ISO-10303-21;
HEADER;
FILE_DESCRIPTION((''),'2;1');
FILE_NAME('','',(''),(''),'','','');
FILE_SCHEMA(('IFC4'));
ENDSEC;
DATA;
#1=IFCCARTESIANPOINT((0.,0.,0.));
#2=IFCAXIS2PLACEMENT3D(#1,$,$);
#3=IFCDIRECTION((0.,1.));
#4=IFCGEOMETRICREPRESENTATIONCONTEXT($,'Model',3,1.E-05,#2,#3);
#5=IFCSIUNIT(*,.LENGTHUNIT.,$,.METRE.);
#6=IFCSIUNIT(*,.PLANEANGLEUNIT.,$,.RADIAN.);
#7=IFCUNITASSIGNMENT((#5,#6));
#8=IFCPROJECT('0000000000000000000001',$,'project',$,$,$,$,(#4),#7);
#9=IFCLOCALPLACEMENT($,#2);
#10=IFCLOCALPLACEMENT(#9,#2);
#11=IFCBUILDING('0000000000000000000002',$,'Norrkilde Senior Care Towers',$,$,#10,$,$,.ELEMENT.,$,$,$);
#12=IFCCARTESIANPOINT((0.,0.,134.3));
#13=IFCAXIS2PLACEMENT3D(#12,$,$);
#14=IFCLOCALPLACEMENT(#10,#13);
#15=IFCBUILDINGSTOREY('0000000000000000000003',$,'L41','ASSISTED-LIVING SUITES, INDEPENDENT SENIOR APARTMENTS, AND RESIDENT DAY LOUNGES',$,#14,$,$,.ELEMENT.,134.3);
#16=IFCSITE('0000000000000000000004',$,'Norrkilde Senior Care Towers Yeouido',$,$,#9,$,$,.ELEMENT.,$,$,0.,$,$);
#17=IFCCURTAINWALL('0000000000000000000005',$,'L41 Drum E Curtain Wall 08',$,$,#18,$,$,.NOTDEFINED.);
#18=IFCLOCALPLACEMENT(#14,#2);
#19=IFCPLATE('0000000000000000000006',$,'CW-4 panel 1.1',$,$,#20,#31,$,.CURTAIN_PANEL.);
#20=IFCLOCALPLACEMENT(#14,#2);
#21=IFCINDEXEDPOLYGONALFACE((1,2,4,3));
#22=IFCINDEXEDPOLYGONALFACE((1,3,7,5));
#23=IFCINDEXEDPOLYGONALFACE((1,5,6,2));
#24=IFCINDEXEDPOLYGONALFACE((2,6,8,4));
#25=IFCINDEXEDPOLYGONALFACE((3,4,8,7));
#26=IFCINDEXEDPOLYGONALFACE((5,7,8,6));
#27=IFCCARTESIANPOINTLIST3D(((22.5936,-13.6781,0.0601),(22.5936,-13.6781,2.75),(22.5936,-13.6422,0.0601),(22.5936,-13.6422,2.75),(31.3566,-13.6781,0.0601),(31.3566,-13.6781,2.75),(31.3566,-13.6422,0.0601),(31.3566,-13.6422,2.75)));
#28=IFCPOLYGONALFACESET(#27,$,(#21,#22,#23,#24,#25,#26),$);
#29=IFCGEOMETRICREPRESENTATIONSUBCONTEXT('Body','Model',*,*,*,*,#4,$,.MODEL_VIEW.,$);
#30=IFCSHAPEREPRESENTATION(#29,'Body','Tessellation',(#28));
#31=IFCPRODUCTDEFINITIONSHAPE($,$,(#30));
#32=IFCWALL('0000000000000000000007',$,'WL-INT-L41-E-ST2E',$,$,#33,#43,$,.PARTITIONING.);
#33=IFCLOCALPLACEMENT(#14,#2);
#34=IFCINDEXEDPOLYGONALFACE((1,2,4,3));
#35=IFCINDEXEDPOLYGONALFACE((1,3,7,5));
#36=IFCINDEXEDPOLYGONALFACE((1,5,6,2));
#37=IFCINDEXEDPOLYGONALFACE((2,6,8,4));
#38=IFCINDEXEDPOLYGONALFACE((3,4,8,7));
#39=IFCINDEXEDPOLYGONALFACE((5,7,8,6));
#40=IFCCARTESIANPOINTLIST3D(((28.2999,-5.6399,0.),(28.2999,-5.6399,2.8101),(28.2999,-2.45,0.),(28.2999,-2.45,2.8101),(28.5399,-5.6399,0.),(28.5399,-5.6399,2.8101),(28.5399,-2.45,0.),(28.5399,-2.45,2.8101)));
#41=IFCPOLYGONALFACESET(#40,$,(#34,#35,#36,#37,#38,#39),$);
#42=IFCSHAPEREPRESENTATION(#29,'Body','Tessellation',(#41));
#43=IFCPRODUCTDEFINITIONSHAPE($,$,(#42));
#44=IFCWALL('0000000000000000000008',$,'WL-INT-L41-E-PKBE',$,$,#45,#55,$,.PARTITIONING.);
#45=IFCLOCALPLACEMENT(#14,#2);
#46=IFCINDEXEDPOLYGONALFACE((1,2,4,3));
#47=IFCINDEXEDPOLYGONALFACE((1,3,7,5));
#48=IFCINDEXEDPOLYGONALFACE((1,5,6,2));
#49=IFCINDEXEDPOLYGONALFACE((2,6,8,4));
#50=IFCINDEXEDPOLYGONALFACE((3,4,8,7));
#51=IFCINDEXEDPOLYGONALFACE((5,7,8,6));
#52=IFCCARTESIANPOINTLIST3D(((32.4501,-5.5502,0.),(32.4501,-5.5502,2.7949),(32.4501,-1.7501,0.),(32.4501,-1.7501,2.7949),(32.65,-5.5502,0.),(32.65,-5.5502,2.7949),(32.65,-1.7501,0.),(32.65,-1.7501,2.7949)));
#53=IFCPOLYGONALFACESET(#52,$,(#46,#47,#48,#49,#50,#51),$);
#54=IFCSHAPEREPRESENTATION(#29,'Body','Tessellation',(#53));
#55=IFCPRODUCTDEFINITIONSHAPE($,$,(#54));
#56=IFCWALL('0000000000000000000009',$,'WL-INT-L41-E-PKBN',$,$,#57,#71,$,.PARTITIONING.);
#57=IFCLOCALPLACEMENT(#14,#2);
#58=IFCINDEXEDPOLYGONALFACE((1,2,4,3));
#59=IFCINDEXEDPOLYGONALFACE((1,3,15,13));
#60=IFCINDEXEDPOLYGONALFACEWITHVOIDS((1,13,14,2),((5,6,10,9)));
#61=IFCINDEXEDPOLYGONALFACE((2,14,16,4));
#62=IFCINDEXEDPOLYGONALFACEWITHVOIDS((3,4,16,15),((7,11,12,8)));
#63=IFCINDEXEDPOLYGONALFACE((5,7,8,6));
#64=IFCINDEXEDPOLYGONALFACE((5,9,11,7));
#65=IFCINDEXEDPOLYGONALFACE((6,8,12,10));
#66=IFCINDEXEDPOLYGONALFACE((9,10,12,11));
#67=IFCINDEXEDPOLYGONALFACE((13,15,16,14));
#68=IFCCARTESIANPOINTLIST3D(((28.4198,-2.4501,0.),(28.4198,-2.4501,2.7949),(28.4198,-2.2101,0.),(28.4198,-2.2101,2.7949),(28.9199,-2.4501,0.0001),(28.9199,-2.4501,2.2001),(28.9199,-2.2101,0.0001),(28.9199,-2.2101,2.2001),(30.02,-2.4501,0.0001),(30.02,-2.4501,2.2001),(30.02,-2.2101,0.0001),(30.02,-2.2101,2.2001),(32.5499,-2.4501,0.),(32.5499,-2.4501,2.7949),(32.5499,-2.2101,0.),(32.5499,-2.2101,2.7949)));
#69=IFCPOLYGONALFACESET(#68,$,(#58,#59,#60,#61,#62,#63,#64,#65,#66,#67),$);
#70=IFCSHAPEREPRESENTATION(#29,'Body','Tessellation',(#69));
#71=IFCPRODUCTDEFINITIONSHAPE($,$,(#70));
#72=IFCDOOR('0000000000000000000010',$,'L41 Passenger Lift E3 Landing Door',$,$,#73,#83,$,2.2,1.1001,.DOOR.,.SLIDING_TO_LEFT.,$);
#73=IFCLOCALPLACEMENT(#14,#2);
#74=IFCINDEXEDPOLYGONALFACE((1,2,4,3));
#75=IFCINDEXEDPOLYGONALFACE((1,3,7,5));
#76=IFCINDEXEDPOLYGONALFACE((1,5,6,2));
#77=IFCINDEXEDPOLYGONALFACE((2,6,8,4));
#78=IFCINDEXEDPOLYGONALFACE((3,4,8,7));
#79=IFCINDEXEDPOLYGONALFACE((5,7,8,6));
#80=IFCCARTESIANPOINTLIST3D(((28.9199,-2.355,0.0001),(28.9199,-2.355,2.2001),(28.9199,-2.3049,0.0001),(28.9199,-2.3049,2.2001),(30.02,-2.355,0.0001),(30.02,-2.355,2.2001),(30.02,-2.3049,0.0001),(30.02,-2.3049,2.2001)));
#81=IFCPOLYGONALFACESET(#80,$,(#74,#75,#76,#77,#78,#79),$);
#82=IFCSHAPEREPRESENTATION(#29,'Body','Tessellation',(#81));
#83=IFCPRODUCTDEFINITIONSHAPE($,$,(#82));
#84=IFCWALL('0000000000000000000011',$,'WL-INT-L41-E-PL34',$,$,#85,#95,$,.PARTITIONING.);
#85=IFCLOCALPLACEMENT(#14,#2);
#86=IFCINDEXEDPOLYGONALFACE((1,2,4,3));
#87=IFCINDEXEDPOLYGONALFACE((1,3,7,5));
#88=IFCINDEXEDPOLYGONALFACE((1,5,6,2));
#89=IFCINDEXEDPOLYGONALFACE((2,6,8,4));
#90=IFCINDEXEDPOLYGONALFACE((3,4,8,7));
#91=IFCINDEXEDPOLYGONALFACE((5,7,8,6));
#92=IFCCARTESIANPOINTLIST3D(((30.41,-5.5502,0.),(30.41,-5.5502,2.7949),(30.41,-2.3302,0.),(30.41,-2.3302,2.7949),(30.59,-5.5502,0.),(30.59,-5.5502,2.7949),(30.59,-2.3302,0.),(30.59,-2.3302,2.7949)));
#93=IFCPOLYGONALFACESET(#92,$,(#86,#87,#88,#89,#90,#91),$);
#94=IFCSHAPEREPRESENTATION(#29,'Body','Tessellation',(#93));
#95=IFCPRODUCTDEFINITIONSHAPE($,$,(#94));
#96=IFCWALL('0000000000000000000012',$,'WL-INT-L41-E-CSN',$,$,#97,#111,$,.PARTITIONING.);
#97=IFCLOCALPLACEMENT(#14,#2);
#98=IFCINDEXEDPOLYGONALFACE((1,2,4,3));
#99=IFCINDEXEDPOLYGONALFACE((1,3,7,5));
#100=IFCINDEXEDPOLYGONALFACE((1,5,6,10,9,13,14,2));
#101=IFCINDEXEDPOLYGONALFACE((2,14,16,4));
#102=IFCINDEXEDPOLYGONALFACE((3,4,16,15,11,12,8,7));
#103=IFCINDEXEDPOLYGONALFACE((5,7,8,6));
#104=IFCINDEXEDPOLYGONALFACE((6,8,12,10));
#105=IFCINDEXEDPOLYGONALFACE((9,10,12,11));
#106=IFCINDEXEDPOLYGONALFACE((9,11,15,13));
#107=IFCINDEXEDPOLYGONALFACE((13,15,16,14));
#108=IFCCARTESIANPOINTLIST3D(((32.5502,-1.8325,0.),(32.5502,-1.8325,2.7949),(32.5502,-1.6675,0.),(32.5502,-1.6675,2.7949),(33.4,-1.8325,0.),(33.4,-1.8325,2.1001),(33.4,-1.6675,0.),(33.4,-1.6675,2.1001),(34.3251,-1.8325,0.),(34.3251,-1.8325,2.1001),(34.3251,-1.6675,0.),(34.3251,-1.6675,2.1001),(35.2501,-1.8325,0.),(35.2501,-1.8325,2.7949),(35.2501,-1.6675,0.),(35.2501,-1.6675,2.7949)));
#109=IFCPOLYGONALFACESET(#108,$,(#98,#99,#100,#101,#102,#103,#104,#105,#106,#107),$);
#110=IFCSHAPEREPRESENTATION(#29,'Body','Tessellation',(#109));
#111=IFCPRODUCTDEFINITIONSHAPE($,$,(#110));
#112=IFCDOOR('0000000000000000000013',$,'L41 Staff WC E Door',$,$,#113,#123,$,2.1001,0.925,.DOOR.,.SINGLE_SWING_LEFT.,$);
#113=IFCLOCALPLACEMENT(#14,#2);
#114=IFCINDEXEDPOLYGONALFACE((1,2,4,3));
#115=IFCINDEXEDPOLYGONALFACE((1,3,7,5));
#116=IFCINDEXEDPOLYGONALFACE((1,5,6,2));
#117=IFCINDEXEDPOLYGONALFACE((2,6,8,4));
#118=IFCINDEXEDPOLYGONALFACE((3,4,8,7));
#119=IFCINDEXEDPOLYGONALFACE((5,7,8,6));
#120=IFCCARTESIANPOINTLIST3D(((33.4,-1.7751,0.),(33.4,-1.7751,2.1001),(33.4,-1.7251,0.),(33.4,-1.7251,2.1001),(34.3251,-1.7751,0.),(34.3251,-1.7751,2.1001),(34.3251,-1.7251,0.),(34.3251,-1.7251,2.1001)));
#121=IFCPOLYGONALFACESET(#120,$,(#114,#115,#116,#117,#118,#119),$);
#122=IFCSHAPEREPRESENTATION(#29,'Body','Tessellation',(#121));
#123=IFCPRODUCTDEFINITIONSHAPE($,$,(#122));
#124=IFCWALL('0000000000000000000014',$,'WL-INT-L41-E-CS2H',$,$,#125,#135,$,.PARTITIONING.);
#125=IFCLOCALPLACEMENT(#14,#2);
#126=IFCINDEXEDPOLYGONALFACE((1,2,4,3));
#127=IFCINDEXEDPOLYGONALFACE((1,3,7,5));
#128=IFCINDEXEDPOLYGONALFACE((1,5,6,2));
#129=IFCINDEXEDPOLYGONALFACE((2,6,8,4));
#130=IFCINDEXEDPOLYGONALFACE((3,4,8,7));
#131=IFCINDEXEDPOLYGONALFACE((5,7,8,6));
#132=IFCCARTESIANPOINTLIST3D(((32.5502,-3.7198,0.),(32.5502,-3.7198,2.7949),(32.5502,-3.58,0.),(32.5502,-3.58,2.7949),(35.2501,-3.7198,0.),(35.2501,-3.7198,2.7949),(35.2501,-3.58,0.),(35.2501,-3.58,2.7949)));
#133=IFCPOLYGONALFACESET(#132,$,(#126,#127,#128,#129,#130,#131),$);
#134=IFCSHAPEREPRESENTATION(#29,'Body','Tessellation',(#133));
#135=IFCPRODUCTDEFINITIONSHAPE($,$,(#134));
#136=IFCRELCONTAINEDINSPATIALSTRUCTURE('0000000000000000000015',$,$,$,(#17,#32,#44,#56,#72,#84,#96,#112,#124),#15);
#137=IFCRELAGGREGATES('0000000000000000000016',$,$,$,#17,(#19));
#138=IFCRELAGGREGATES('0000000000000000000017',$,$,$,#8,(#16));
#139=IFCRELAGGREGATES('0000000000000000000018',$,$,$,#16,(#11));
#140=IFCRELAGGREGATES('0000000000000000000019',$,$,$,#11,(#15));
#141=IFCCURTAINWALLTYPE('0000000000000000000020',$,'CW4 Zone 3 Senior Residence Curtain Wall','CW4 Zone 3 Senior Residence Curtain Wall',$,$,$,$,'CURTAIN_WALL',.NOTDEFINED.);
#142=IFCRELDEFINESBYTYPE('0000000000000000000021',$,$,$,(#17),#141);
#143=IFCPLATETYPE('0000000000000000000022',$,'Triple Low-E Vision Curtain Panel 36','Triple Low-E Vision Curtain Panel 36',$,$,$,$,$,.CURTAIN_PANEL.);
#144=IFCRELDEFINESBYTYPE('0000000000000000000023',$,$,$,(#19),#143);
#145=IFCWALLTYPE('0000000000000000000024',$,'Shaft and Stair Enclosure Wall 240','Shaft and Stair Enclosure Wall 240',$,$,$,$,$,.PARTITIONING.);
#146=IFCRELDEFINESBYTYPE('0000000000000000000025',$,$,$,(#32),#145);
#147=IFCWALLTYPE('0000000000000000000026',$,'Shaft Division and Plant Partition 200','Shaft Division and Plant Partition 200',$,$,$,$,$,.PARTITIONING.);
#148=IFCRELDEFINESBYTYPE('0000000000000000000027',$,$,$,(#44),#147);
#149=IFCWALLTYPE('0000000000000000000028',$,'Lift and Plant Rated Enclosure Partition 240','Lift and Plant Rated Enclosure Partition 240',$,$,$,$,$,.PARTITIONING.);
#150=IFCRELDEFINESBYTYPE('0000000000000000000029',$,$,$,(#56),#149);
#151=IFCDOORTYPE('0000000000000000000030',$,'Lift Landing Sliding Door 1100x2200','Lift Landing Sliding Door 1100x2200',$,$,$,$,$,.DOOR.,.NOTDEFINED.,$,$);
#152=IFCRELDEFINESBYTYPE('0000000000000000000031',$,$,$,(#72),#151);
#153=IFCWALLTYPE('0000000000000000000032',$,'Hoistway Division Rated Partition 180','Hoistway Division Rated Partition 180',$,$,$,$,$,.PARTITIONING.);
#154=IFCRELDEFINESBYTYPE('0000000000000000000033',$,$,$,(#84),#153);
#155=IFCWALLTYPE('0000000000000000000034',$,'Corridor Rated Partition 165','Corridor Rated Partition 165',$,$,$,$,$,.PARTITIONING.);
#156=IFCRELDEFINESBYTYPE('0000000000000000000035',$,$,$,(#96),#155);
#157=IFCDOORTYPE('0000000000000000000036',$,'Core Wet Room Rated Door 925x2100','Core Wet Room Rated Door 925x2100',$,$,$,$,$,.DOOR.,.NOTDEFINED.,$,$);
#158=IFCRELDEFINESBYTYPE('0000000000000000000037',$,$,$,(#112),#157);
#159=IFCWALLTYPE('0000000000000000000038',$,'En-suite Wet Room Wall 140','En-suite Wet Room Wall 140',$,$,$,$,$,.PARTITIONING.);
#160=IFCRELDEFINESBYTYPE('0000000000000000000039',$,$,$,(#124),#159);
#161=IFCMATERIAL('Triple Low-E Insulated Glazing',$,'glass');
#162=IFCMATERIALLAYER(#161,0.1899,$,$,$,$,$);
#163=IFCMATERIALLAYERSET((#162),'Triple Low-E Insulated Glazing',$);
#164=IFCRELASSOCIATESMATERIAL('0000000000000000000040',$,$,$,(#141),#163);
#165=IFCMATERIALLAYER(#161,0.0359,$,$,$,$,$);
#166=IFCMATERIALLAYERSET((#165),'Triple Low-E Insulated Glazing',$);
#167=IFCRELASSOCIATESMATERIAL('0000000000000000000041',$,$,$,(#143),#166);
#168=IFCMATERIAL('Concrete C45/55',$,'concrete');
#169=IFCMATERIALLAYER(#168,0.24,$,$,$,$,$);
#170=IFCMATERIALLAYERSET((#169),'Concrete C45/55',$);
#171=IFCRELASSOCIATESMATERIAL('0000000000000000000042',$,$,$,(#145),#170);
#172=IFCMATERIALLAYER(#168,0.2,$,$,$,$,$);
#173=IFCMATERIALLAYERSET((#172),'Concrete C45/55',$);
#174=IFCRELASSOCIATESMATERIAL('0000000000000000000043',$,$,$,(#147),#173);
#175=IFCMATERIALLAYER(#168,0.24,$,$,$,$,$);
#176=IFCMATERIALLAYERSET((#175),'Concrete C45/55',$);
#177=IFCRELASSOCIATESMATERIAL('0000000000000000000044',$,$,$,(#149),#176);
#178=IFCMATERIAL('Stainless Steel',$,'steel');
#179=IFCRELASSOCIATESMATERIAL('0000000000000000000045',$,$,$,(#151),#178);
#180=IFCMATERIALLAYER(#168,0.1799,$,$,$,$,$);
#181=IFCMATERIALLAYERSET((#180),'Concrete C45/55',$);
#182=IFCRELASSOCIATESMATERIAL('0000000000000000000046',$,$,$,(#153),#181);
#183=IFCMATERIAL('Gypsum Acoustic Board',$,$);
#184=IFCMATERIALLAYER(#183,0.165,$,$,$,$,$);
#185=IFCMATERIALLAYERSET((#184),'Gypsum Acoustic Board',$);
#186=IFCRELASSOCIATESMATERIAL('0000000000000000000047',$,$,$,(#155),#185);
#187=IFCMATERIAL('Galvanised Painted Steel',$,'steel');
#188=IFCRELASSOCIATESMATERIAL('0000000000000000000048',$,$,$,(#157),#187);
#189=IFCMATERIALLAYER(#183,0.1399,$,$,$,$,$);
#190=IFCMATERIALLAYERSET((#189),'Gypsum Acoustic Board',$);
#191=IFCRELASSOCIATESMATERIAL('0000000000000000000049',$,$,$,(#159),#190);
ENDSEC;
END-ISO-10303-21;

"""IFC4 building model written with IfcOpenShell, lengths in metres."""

from ifc_helpers import new_model, si_unit, direction, frame, frame_2d, origin, origin_2d, place, context, subcontext, project, spatial, rectangle, extrude, source, transform, mapped, material, layer, layer_set, type_object, type_shapes, element, fill, aggregate, save


model = new_model("IFC4")

# Units and contexts
model_context = context("Model", 3, precision=1e-05, world=origin(), true_north=direction((0.0, 1.0)))
body_context = subcontext(model_context, "Body", "Model", "MODEL_VIEW")
ifc_project = project(units=[si_unit("LENGTHUNIT", "METRE"), si_unit("PLANEANGLEUNIT", "RADIAN")], contexts=[model_context])

# Site, building, storey
site_placement = place(None, origin())
site = spatial("IfcSite", under=ifc_project, at=site_placement, Name="Norrkilde Senior Care Towers Yeouido", CompositionType="ELEMENT", RefElevation=0.0)
building_placement = place(site_placement, origin())
building = spatial("IfcBuilding", under=site, at=building_placement, Name="Norrkilde Senior Care Towers", CompositionType="ELEMENT")
storey_placement = place(building_placement, frame((0.0, 0.0, 134.3)))
storey = spatial("IfcBuildingStorey", under=building, at=storey_placement, Name="L41", Description="ASSISTED-LIVING SUITES, INDEPENDENT SENIOR APARTMENTS, AND RESIDENT DAY LOUNGES", CompositionType="ELEMENT", Elevation=134.3)

# Curtain wall
ifc_material_1 = material(Name="Triple Low-E Insulated Glazing", Category="glass")
ifc_layer_1 = layer(ifc_material_1, 0.1899)
ifc_layer_set_1 = layer_set([ifc_layer_1], Name="Triple Low-E Insulated Glazing")
curtain_wall_type = type_object("IfcCurtainWallType", Name="CW4 Zone 3 Senior Residence Curtain Wall", Description="CW4 Zone 3 Senior Residence Curtain Wall", ElementType="CURTAIN_WALL", PredefinedType="NOTDEFINED", material=ifc_layer_set_1)
curtain_wall_1_placement = place(storey_placement, origin())
curtain_wall_1 = element("IfcCurtainWall", 1, at=curtain_wall_1_placement, inside=storey, type_object=curtain_wall_type, Name="L41 Drum E Curtain Wall 08", PredefinedType="NOTDEFINED")

# Plate
ifc_layer_2 = layer(ifc_material_1, 0.0359)
ifc_layer_set_2 = layer_set([ifc_layer_2], Name="Triple Low-E Insulated Glazing")
plate_type_1 = type_object("IfcPlateType", Name="Triple Low-E Vision Curtain Panel 36", Description="Triple Low-E Vision Curtain Panel 36", PredefinedType="CURTAIN_PANEL", material=ifc_layer_set_2)
shared_shape_1 = source(origin(), body_context, "Body", "SweptSolid", [
    extrude(rectangle(XDim=8.7629, YDim=0.0359, at=origin_2d()), origin(), (0.0, 0.0, 1.0), 2.6899),
])
type_shapes(plate_type_1, [shared_shape_1])
plate_1_placement = place(storey_placement, frame((26.9751, -13.6602, 0.0601), z_axis=(0.0, 0.0, 1.0), x_axis=(-1.0, 0.0, 0.0)))
plate_1 = element("IfcPlate", 2, at=plate_1_placement, type_object=plate_type_1, Name="CW-4 panel 1.1", PredefinedType="CURTAIN_PANEL", context=body_context, shape_type="MappedRepresentation", body=[
    mapped(shared_shape_1, transform((0.0, 0.0, 0.0), x_axis=(1.0, 0.0, 0.0), y_axis=(0.0, 1.0, 0.0), z_axis=(0.0, 0.0, 1.0), scale=1.0)),
])
aggregate(curtain_wall_1, [plate_1])

# Walls
ifc_material_2 = material(Name="Concrete C45/55", Category="concrete")
ifc_layer_3 = layer(ifc_material_2, 0.24)
ifc_layer_set_3 = layer_set([ifc_layer_3], Name="Concrete C45/55")
wall_type_1 = type_object("IfcWallType", Name="Shaft and Stair Enclosure Wall 240", Description="Shaft and Stair Enclosure Wall 240", PredefinedType="PARTITIONING", material=ifc_layer_set_3)
shared_shape_2 = source(origin(), body_context, "Body", "SweptSolid", [
    extrude(rectangle(XDim=3.1899, YDim=0.24, at=frame_2d((1.595, 0.0))), origin(), (0.0, 0.0, 1.0), 2.8101),
])
type_shapes(wall_type_1, [shared_shape_2])
wall_1_placement = place(storey_placement, frame((28.4199, -5.6399, 0.0), z_axis=(0.0, 0.0, 1.0), x_axis=(0.0, 1.0, 0.0)))
element("IfcWall", 3, at=wall_1_placement, inside=storey, type_object=wall_type_1, Name="WL-INT-L41-E-ST2E", PredefinedType="PARTITIONING", context=body_context, shape_type="MappedRepresentation", body=[
    mapped(shared_shape_2, transform((0.0, 0.0, 0.0), x_axis=(1.0, 0.0, 0.0), y_axis=(0.0, 1.0, 0.0), z_axis=(0.0, 0.0, 1.0), scale=1.0)),
])
ifc_layer_4 = layer(ifc_material_2, 0.2)
ifc_layer_set_4 = layer_set([ifc_layer_4], Name="Concrete C45/55")
wall_type_2 = type_object("IfcWallType", Name="Shaft Division and Plant Partition 200", Description="Shaft Division and Plant Partition 200", PredefinedType="PARTITIONING", material=ifc_layer_set_4)
shared_shape_3 = source(origin(), body_context, "Body", "SweptSolid", [
    extrude(rectangle(XDim=3.8, YDim=0.2, at=frame_2d((1.8999, 0.0))), origin(), (0.0, 0.0, 1.0), 2.7949),
])
type_shapes(wall_type_2, [shared_shape_3])
wall_2_placement = place(storey_placement, frame((32.55, -5.55, 0.0), z_axis=(0.0, 0.0, 1.0), x_axis=(0.0, 1.0, 0.0)))
element("IfcWall", 4, at=wall_2_placement, inside=storey, type_object=wall_type_2, Name="WL-INT-L41-E-PKBE", PredefinedType="PARTITIONING", context=body_context, shape_type="MappedRepresentation", body=[
    mapped(shared_shape_3, transform((0.0, 0.0, 0.0), x_axis=(1.0, 0.0, 0.0), y_axis=(0.0, 1.0, 0.0), z_axis=(0.0, 0.0, 1.0), scale=1.0)),
])

# Wall, opening, door
ifc_layer_5 = layer(ifc_material_2, 0.24)
ifc_layer_set_5 = layer_set([ifc_layer_5], Name="Concrete C45/55")
wall_type_3 = type_object("IfcWallType", Name="Lift and Plant Rated Enclosure Partition 240", Description="Lift and Plant Rated Enclosure Partition 240", PredefinedType="PARTITIONING", material=ifc_layer_set_5)
shared_shape_4 = source(origin(), body_context, "Body", "SweptSolid", [
    extrude(rectangle(XDim=4.1301, YDim=0.24, at=frame_2d((2.0649, 0.0))), origin(), (0.0, 0.0, 1.0), 2.7949),
])
type_shapes(wall_type_3, [shared_shape_4])
wall_3_placement = place(storey_placement, frame((28.4199, -2.3301, 0.0), z_axis=(0.0, 0.0, 1.0), x_axis=(1.0, 0.0, 0.0)))
wall_3 = element("IfcWall", 5, at=wall_3_placement, inside=storey, type_object=wall_type_3, Name="WL-INT-L41-E-PKBN", PredefinedType="PARTITIONING", context=body_context, shape_type="MappedRepresentation", body=[
    mapped(shared_shape_4, transform((0.0, 0.0, 0.0), x_axis=(1.0, 0.0, 0.0), y_axis=(0.0, 1.0, 0.0), z_axis=(0.0, 0.0, 1.0), scale=1.0)),
])
opening_1_placement = place(wall_3_placement, frame((0.5, 0.0, 0.0)))
opening_1 = element("IfcOpeningElement", 6, at=opening_1_placement, cuts=wall_3, PredefinedType="OPENING", context=body_context, shape_type="SweptSolid", body=[
    extrude(rectangle(XDim=1.1001, YDim=2.2, at=frame_2d((0.55, 1.1001))), frame((0.0, 0.1299, 0.0), z_axis=(0.0, -1.0, 0.0), x_axis=(1.0, 0.0, 0.0)), (0.0, 0.0, 1.0), 0.26),
])
ifc_material_3 = material(Name="Stainless Steel", Category="steel")
door_type_1 = type_object("IfcDoorType", Name="Lift Landing Sliding Door 1100x2200", Description="Lift Landing Sliding Door 1100x2200", OperationType="NOTDEFINED", PredefinedType="DOOR", material=ifc_material_3)
shared_shape_5 = source(origin(), body_context, "Body", "SweptSolid", [
    extrude(rectangle(XDim=1.1001, YDim=2.2, at=frame_2d((0.55, 1.1001))), frame((0.0, 0.0249, 0.0), z_axis=(0.0, -1.0, 0.0), x_axis=(1.0, 0.0, 0.0)), (0.0, 0.0, 1.0), 0.05),
])
type_shapes(door_type_1, [shared_shape_5])
door_1_placement = place(opening_1_placement, frame((1.1001, 0.0, 0.0), z_axis=(0.0, 0.0, 1.0), x_axis=(-1.0, 0.0, 0.0)))
door_1 = element("IfcDoor", 7, at=door_1_placement, inside=storey, type_object=door_type_1, Name="L41 Passenger Lift E3 Landing Door", OperationType="SLIDING_TO_LEFT", OverallHeight=2.2, OverallWidth=1.1001, PredefinedType="DOOR", context=body_context, shape_type="MappedRepresentation", body=[
    mapped(shared_shape_5, transform((0.0, 0.0, 0.0), x_axis=(1.0, 0.0, 0.0), y_axis=(0.0, 1.0, 0.0), z_axis=(0.0, 0.0, 1.0), scale=1.0)),
])
fill(opening_1, door_1)

# Wall
ifc_layer_6 = layer(ifc_material_2, 0.1799)
ifc_layer_set_6 = layer_set([ifc_layer_6], Name="Concrete C45/55")
wall_type_4 = type_object("IfcWallType", Name="Hoistway Division Rated Partition 180", Description="Hoistway Division Rated Partition 180", PredefinedType="PARTITIONING", material=ifc_layer_set_6)
shared_shape_6 = source(origin(), body_context, "Body", "SweptSolid", [
    extrude(rectangle(XDim=3.22, YDim=0.1799, at=frame_2d((1.6099, 0.0))), origin(), (0.0, 0.0, 1.0), 2.7949),
])
type_shapes(wall_type_4, [shared_shape_6])
wall_4_placement = place(storey_placement, frame((30.5, -5.55, 0.0), z_axis=(0.0, 0.0, 1.0), x_axis=(0.0, 1.0, 0.0)))
element("IfcWall", 8, at=wall_4_placement, inside=storey, type_object=wall_type_4, Name="WL-INT-L41-E-PL34", PredefinedType="PARTITIONING", context=body_context, shape_type="MappedRepresentation", body=[
    mapped(shared_shape_6, transform((0.0, 0.0, 0.0), x_axis=(1.0, 0.0, 0.0), y_axis=(0.0, 1.0, 0.0), z_axis=(0.0, 0.0, 1.0), scale=1.0)),
])

# Wall, opening, door
ifc_material_4 = material(Name="Gypsum Acoustic Board")
ifc_layer_7 = layer(ifc_material_4, 0.165)
ifc_layer_set_7 = layer_set([ifc_layer_7], Name="Gypsum Acoustic Board")
wall_type_5 = type_object("IfcWallType", Name="Corridor Rated Partition 165", Description="Corridor Rated Partition 165", PredefinedType="PARTITIONING", material=ifc_layer_set_7)
shared_shape_7 = source(origin(), body_context, "Body", "SweptSolid", [
    extrude(rectangle(XDim=2.7, YDim=0.165, at=frame_2d((1.3501, 0.0))), origin(), (0.0, 0.0, 1.0), 2.7949),
])
wall_5_placement = place(storey_placement, frame((32.55, -1.75, 0.0), z_axis=(0.0, 0.0, 1.0), x_axis=(1.0, 0.0, 0.0)))
wall_5 = element("IfcWall", 9, at=wall_5_placement, inside=storey, type_object=wall_type_5, Name="WL-INT-L41-E-CSN", PredefinedType="PARTITIONING", context=body_context, shape_type="MappedRepresentation", body=[
    mapped(shared_shape_7, transform((0.0, 0.0, 0.0), x_axis=(1.0, 0.0, 0.0), y_axis=(0.0, 1.0, 0.0), z_axis=(0.0, 0.0, 1.0), scale=1.0)),
])
opening_2_placement = place(wall_5_placement, frame((0.8501, 0.0, 0.0)))
opening_2 = element("IfcOpeningElement", 10, at=opening_2_placement, cuts=wall_5, PredefinedType="OPENING", context=body_context, shape_type="SweptSolid", body=[
    extrude(rectangle(XDim=0.925, YDim=2.1001, at=frame_2d((0.4624, 1.05))), frame((0.0, 0.0925, 0.0), z_axis=(0.0, -1.0, 0.0), x_axis=(1.0, 0.0, 0.0)), (0.0, 0.0, 1.0), 0.1851),
])
ifc_material_5 = material(Name="Galvanised Painted Steel", Category="steel")
door_type_2 = type_object("IfcDoorType", Name="Core Wet Room Rated Door 925x2100", Description="Core Wet Room Rated Door 925x2100", OperationType="NOTDEFINED", PredefinedType="DOOR", material=ifc_material_5)
shared_shape_8 = source(origin(), body_context, "Body", "SweptSolid", [
    extrude(rectangle(XDim=0.925, YDim=2.1001, at=frame_2d((0.4624, 1.05))), frame((0.0, 0.0249, 0.0), z_axis=(0.0, -1.0, 0.0), x_axis=(1.0, 0.0, 0.0)), (0.0, 0.0, 1.0), 0.05),
])
type_shapes(door_type_2, [shared_shape_8])
door_2_placement = place(opening_2_placement, origin())
door_2 = element("IfcDoor", 11, at=door_2_placement, inside=storey, type_object=door_type_2, Name="L41 Staff WC E Door", OperationType="SINGLE_SWING_LEFT", OverallHeight=2.1001, OverallWidth=0.925, PredefinedType="DOOR", context=body_context, shape_type="MappedRepresentation", body=[
    mapped(shared_shape_8, transform((0.0, 0.0, 0.0), x_axis=(1.0, 0.0, 0.0), y_axis=(0.0, 1.0, 0.0), z_axis=(0.0, 0.0, 1.0), scale=1.0)),
])
fill(opening_2, door_2)

# Wall
ifc_layer_8 = layer(ifc_material_4, 0.1399)
ifc_layer_set_8 = layer_set([ifc_layer_8], Name="Gypsum Acoustic Board")
wall_type_6 = type_object("IfcWallType", Name="En-suite Wet Room Wall 140", Description="En-suite Wet Room Wall 140", PredefinedType="PARTITIONING", material=ifc_layer_set_8)
shared_shape_9 = source(origin(), body_context, "Body", "SweptSolid", [
    extrude(rectangle(XDim=2.7, YDim=0.1399, at=frame_2d((1.3501, 0.0))), origin(), (0.0, 0.0, 1.0), 2.7949),
])
type_shapes(wall_type_6, [shared_shape_9])
wall_6_placement = place(storey_placement, frame((32.55, -3.6499, 0.0), z_axis=(0.0, 0.0, 1.0), x_axis=(1.0, 0.0, 0.0)))
element("IfcWall", 12, at=wall_6_placement, inside=storey, type_object=wall_type_6, Name="WL-INT-L41-E-CS2H", PredefinedType="PARTITIONING", context=body_context, shape_type="MappedRepresentation", body=[
    mapped(shared_shape_9, transform((0.0, 0.0, 0.0), x_axis=(1.0, 0.0, 0.0), y_axis=(0.0, 1.0, 0.0), z_axis=(0.0, 0.0, 1.0), scale=1.0)),
])

save(model, "model.ifc")
